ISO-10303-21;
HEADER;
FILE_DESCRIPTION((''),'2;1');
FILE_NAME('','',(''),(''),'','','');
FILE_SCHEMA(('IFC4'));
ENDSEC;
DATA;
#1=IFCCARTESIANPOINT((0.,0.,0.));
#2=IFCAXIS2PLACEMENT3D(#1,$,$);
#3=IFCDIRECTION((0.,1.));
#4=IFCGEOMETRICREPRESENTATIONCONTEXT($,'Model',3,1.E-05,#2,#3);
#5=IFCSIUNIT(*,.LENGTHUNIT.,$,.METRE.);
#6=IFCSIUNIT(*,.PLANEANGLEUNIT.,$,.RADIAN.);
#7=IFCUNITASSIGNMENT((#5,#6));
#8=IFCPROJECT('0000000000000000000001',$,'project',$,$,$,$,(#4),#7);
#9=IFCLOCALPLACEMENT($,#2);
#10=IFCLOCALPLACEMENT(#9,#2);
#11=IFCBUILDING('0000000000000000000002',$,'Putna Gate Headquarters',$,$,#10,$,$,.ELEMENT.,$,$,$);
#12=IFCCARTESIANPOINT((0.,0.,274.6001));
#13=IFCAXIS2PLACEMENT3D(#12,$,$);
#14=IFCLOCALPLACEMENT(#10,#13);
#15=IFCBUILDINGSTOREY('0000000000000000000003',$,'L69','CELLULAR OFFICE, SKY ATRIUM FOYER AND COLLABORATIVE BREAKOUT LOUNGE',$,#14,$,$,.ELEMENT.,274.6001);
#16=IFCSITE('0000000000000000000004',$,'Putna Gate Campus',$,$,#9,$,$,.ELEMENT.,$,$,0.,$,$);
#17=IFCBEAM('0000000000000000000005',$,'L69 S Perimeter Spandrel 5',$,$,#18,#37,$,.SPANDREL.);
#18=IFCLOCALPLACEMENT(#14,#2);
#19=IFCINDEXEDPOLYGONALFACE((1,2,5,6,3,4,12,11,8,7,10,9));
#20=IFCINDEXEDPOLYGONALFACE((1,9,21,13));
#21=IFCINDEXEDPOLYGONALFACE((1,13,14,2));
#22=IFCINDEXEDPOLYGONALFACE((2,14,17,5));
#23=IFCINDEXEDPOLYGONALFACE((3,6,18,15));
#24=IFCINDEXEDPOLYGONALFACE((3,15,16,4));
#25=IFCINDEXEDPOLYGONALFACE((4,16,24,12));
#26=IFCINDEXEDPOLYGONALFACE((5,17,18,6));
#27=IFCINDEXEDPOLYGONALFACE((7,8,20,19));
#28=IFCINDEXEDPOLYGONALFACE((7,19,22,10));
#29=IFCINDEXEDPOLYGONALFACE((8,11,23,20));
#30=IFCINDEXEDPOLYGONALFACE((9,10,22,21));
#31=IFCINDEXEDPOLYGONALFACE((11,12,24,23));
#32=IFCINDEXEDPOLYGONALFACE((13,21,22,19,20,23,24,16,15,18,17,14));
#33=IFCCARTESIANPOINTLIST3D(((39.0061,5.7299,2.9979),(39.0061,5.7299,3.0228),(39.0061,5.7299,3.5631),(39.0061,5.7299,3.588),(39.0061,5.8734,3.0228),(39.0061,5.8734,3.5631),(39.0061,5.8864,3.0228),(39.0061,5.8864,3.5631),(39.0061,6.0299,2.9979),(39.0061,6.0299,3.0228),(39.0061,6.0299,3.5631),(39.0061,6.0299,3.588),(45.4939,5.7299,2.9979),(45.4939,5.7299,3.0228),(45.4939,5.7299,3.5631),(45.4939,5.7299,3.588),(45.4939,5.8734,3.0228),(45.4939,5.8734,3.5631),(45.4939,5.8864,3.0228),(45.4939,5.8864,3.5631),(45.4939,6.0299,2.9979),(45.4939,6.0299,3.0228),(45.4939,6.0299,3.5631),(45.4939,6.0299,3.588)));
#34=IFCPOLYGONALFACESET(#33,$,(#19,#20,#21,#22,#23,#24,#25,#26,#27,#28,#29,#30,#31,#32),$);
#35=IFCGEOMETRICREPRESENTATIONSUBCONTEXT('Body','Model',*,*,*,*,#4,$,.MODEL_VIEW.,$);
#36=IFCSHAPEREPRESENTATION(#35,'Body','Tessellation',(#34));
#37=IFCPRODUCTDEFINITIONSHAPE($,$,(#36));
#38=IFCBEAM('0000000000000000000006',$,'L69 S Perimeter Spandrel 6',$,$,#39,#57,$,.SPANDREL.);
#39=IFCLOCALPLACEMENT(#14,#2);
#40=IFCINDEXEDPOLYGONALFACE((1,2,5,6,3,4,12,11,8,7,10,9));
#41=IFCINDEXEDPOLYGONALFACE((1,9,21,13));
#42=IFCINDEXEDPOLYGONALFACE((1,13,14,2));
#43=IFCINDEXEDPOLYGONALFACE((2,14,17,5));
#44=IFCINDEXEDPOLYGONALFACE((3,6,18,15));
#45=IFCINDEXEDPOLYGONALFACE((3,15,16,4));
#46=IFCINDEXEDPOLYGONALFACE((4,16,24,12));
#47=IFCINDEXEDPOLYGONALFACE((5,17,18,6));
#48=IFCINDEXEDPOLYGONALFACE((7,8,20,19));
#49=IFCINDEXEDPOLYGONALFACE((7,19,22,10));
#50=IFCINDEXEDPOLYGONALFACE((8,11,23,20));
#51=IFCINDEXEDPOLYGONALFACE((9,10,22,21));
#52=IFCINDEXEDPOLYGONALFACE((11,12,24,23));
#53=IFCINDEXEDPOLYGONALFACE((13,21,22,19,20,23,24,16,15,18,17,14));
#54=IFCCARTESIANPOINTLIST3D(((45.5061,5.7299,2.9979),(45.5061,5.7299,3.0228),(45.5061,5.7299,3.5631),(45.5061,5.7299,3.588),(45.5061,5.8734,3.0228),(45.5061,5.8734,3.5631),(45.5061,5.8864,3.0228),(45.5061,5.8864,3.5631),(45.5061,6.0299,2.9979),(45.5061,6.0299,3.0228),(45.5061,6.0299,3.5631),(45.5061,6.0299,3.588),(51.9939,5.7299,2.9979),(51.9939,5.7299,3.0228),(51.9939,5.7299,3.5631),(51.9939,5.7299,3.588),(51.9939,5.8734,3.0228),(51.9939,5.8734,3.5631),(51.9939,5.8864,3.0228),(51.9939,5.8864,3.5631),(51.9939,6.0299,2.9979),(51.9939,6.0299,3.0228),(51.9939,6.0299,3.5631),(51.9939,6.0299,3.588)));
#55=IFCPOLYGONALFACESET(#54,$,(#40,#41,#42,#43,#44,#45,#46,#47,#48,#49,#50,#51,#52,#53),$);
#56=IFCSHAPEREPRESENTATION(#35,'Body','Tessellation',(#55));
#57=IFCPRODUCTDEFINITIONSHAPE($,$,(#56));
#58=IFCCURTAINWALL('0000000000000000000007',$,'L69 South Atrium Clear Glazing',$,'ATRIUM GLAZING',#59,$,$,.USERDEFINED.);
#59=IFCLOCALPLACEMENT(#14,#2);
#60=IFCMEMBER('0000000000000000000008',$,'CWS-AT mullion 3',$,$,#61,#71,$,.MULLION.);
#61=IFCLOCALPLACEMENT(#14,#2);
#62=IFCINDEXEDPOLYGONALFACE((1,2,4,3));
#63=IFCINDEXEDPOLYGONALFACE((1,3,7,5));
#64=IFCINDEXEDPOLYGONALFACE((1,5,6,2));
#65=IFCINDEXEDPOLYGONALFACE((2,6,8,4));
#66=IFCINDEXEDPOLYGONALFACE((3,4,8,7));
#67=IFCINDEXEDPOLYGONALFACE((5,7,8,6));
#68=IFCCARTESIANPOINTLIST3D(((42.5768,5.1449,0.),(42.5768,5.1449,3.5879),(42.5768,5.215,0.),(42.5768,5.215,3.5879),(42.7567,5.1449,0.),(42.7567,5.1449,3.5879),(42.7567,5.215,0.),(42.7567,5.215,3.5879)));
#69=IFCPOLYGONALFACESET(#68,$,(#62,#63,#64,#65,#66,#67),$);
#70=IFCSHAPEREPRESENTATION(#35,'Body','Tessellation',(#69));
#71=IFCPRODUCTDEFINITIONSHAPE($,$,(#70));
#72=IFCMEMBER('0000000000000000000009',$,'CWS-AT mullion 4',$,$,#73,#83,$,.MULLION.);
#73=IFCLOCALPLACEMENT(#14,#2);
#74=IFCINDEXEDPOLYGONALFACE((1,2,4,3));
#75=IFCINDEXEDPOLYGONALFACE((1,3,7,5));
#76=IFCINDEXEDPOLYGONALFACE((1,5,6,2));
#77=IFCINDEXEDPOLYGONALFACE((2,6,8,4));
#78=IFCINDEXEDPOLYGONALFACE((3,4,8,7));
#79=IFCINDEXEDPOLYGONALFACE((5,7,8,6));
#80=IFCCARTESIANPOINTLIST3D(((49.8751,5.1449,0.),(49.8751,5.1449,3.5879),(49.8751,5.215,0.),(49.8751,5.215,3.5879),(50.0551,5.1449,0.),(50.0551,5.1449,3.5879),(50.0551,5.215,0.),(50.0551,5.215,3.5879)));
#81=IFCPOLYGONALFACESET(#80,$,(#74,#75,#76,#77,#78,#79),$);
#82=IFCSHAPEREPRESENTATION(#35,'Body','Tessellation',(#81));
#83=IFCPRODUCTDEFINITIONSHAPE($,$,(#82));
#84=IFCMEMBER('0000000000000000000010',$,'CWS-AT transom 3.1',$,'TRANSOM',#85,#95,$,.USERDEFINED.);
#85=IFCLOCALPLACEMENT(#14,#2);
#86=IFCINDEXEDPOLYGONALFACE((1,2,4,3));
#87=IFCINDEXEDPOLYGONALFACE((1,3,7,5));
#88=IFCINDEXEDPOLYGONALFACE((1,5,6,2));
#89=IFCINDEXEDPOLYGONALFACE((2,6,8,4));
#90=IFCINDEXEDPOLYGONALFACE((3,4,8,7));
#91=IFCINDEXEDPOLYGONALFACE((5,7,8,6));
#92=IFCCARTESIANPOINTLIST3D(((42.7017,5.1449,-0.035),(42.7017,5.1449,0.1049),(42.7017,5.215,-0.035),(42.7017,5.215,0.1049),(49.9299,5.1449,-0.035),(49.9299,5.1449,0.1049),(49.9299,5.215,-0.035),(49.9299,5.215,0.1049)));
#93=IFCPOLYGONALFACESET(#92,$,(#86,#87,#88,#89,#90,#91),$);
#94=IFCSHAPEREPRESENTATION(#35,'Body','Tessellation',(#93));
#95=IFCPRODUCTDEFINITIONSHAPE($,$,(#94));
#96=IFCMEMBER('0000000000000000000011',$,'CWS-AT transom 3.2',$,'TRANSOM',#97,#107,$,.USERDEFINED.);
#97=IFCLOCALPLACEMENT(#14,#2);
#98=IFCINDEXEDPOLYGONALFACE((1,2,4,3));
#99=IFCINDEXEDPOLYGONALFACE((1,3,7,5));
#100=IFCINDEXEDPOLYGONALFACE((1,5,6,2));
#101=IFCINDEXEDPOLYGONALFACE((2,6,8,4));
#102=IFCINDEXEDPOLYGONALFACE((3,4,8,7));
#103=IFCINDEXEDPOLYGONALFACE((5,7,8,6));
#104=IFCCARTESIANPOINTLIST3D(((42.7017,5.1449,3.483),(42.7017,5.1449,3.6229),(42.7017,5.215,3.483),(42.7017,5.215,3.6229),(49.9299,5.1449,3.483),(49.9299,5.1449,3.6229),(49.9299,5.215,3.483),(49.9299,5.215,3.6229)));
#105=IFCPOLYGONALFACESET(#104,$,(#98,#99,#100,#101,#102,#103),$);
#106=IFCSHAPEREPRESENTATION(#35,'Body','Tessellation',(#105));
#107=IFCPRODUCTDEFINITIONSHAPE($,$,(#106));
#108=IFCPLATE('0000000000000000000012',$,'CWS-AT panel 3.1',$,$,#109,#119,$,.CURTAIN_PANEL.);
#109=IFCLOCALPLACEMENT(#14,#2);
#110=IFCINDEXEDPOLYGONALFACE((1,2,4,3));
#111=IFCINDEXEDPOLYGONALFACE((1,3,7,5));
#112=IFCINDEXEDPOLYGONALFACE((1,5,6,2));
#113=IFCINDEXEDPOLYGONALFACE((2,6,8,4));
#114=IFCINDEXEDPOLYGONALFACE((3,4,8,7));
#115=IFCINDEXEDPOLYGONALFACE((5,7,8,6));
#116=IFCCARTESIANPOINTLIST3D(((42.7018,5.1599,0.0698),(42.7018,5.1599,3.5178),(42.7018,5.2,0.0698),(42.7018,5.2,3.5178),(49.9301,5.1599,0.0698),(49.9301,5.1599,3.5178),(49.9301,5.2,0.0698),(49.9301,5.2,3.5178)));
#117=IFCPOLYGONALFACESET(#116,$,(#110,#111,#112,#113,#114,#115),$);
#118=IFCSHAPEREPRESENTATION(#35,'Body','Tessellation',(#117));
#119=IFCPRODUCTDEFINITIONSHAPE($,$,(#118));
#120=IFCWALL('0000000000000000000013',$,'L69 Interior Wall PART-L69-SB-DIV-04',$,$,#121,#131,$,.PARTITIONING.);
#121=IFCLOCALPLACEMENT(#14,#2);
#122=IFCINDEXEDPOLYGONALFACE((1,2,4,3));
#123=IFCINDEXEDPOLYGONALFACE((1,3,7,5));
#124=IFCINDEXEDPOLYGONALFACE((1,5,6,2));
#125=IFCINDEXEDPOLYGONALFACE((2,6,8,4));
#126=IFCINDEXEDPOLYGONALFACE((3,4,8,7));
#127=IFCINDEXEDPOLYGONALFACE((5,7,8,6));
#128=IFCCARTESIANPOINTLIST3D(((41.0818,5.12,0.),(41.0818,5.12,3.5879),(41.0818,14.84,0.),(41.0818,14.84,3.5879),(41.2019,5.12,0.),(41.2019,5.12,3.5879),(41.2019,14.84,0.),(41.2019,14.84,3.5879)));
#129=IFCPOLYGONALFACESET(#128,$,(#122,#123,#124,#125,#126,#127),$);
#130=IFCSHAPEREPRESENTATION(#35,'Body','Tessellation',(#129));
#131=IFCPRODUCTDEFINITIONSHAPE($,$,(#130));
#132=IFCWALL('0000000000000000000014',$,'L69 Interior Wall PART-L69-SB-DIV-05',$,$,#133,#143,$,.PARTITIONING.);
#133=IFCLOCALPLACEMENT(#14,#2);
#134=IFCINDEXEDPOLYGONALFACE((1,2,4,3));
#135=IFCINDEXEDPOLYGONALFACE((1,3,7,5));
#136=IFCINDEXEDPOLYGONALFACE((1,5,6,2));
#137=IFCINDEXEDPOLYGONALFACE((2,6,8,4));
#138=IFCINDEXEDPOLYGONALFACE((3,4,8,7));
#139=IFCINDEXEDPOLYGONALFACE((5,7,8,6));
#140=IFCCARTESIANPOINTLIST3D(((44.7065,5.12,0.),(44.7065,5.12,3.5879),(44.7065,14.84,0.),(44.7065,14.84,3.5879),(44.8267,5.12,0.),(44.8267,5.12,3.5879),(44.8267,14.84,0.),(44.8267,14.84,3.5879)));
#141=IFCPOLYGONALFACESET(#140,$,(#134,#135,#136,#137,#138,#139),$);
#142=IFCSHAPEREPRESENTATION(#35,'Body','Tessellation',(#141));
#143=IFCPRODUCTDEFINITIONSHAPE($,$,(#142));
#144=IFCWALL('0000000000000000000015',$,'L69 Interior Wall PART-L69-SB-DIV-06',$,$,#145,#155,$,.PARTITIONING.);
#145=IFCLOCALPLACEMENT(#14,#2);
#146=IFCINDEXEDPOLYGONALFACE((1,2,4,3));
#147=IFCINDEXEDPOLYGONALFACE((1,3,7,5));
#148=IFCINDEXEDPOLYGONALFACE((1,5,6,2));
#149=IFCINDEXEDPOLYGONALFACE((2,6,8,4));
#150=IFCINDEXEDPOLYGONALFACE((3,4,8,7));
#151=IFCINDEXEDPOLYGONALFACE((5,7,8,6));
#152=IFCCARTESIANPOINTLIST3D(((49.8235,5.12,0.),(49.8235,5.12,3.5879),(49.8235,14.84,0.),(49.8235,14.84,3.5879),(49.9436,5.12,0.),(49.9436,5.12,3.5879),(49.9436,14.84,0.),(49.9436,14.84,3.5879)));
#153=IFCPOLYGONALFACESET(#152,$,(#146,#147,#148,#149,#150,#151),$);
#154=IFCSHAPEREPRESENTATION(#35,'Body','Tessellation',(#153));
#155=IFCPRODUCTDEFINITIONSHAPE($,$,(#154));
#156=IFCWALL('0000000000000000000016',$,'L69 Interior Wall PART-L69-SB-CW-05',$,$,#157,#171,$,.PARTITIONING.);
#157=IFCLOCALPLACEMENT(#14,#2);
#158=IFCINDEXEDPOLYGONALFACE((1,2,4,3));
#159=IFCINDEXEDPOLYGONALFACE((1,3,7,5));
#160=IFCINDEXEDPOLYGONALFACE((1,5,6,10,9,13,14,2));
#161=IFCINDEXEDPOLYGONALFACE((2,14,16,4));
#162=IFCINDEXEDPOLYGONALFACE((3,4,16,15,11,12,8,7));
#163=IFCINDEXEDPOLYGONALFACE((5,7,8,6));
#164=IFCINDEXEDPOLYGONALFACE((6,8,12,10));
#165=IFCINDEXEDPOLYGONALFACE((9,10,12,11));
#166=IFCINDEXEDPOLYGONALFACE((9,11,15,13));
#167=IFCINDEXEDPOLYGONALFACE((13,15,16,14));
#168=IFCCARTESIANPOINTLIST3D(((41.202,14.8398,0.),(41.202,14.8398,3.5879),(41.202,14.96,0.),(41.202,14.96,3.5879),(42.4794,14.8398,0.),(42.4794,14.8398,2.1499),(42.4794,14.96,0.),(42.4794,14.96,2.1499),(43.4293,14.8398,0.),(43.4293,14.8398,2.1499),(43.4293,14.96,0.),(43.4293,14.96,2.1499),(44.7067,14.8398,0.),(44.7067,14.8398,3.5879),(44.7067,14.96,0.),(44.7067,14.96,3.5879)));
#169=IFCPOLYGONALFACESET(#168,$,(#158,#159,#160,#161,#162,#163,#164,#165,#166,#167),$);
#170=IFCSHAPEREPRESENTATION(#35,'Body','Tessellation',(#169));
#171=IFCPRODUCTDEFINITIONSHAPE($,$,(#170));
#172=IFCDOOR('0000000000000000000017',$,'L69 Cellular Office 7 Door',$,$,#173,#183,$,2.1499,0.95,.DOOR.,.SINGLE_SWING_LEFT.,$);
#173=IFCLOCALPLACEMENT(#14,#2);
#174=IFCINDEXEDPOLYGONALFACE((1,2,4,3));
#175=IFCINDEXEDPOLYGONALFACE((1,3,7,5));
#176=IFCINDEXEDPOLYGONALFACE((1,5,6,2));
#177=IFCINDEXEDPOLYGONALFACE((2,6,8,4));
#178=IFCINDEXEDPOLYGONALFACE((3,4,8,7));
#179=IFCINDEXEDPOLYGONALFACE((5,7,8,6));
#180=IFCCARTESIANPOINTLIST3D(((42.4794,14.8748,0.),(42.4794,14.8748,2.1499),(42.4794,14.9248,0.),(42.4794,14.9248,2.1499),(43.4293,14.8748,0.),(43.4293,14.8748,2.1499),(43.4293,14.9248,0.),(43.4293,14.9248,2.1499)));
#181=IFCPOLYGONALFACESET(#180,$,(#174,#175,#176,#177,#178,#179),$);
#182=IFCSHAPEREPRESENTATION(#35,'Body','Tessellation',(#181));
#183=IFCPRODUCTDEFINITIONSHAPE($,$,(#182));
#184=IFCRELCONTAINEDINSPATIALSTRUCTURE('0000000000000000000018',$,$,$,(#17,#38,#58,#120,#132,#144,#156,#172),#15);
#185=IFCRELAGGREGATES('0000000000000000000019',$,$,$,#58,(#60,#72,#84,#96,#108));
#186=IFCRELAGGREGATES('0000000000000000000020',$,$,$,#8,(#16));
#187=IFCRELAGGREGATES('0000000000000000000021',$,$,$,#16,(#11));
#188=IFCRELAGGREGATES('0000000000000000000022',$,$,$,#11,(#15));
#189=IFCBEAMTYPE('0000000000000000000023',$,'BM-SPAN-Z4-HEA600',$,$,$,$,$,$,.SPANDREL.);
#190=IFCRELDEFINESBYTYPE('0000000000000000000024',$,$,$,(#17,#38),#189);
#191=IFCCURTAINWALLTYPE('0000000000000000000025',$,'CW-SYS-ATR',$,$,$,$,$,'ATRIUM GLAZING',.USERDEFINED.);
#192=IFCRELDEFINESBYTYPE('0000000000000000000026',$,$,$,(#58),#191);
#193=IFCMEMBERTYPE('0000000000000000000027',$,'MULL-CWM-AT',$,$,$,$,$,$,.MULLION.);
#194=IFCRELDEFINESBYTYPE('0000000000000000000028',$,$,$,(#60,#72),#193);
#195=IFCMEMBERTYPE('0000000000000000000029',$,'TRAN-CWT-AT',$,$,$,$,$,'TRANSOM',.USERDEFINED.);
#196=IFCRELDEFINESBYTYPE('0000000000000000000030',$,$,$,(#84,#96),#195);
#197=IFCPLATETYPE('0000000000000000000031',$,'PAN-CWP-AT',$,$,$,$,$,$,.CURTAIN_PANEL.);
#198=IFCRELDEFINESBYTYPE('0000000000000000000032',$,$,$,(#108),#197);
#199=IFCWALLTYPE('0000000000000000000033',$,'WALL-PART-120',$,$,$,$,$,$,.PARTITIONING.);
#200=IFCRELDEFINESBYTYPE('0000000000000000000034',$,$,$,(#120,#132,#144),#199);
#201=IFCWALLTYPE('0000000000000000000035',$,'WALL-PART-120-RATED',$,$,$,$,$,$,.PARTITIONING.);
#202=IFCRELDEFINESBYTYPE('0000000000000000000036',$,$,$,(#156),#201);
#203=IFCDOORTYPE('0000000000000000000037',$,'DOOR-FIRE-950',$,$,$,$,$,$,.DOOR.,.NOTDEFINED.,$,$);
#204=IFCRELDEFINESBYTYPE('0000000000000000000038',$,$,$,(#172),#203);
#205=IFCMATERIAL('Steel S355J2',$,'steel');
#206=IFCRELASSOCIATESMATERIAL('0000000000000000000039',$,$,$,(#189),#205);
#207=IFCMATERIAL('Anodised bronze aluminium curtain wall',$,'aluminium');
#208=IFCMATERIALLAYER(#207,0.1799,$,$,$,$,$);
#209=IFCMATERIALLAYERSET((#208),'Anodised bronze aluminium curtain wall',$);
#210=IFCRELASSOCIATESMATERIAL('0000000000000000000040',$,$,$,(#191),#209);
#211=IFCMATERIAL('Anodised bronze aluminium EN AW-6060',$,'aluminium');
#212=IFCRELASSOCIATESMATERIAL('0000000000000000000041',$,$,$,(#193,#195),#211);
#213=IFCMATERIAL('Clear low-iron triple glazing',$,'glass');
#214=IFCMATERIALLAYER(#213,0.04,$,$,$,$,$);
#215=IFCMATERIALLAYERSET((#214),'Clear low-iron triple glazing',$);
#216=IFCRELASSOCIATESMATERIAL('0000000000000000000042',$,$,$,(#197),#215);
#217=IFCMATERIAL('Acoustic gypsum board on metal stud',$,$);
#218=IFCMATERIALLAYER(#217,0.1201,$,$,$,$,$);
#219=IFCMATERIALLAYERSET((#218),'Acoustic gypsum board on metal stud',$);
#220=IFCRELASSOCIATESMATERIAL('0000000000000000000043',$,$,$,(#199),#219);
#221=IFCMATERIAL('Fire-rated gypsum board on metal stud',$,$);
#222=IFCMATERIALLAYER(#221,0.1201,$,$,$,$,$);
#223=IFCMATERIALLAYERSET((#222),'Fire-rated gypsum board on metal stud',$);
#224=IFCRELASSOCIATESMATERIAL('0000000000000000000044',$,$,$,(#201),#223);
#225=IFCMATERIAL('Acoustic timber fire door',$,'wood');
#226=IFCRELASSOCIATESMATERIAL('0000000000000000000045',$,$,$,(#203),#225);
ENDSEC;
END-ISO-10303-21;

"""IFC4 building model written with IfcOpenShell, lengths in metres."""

from ifc_helpers import new_model, si_unit, direction, frame, frame_2d, origin, origin_2d, place, context, subcontext, project, spatial, rectangle, i_section, extrude, material, layer, layer_set, material_profile, profile_set, type_object, element, fill, aggregate, save


model = new_model("IFC4")

# Units and contexts
model_context = context("Model", 3, precision=1e-05, world=origin(), true_north=direction((0.0, 1.0)))
body_context = subcontext(model_context, "Body", "Model", "MODEL_VIEW")
ifc_project = project(units=[si_unit("LENGTHUNIT", "METRE"), si_unit("PLANEANGLEUNIT", "RADIAN")], contexts=[model_context])

# Site, building, storey
site_placement = place(None, origin())
site = spatial("IfcSite", under=ifc_project, at=site_placement, Name="Putna Gate Campus", CompositionType="ELEMENT", RefElevation=0.0)
building_placement = place(site_placement, origin())
building = spatial("IfcBuilding", under=site, at=building_placement, Name="Putna Gate Headquarters", CompositionType="ELEMENT")
storey_placement = place(building_placement, frame((0.0, 0.0, 274.6001)))
storey = spatial("IfcBuildingStorey", under=building, at=storey_placement, Name="L69", Description="CELLULAR OFFICE, SKY ATRIUM FOYER AND COLLABORATIVE BREAKOUT LOUNGE", CompositionType="ELEMENT", Elevation=274.6001)

# Beams
ifc_material_1 = material(Name="Steel S355J2", Category="steel")
ifc_material_profile_1 = material_profile(ifc_material_1, i_section(OverallWidth=0.3, OverallDepth=0.5901, WebThickness=0.0129, FlangeThickness=0.0249, at=origin_2d()), Name="Steel S355J2")
ifc_profile_set_1 = profile_set([ifc_material_profile_1], Name="Steel S355J2")
beam_type_1 = type_object("IfcBeamType", Name="BM-SPAN-Z4-HEA600", PredefinedType="SPANDREL", material=ifc_profile_set_1)
for number, where, z_axis, x_axis, name in (
    (1, (39.0061, 5.8799, 3.293), (1.0, 0.0, 0.0), (0.0, 1.0, 0.0), "L69 S Perimeter Spandrel 5"),
    (2, (45.5061, 5.8799, 3.293), (1.0, 0.0, 0.0), (0.0, 1.0, 0.0), "L69 S Perimeter Spandrel 6"),
):
    element("IfcBeam", number, at=place(storey_placement, frame(where, z_axis=z_axis, x_axis=x_axis)), inside=storey, type_object=beam_type_1, Name=name, PredefinedType="SPANDREL", context=body_context, shape_type="SweptSolid", body=[
        extrude(i_section(OverallWidth=0.3, OverallDepth=0.5901, WebThickness=0.0129, FlangeThickness=0.0249, at=origin_2d()), origin(), (0.0, 0.0, 1.0), 6.4878),
    ])

# Curtain wall, members, plate
ifc_material_2 = material(Name="Anodised bronze aluminium curtain wall", Category="aluminium")
ifc_layer_1 = layer(ifc_material_2, 0.1799)
ifc_layer_set_1 = layer_set([ifc_layer_1], Name="Anodised bronze aluminium curtain wall")
curtain_wall_type = type_object("IfcCurtainWallType", Name="CW-SYS-ATR", ElementType="ATRIUM GLAZING", PredefinedType="USERDEFINED", material=ifc_layer_set_1)
curtain_wall_placement = place(storey_placement, origin())
curtain_wall = element("IfcCurtainWall", 3, at=curtain_wall_placement, inside=storey, type_object=curtain_wall_type, Name="L69 South Atrium Clear Glazing", ObjectType="ATRIUM GLAZING", PredefinedType="USERDEFINED")
ifc_material_3 = material(Name="Anodised bronze aluminium EN AW-6060", Category="aluminium")
ifc_material_profile_2 = material_profile(ifc_material_3, rectangle(XDim=0.0701, YDim=0.1799, at=origin_2d()), Name="Anodised bronze aluminium EN AW-6060")
ifc_profile_set_2 = profile_set([ifc_material_profile_2], Name="Anodised bronze aluminium EN AW-6060")
member_type_1 = type_object("IfcMemberType", Name="MULL-CWM-AT", PredefinedType="MULLION", material=ifc_profile_set_2)
member_1_placement = place(storey_placement, frame((42.6667, 5.1799, 0.0), z_axis=(0.0, 0.0, 1.0), x_axis=(0.0, 1.0, 0.0)))
member_1 = element("IfcMember", 4, at=member_1_placement, type_object=member_type_1, Name="CWS-AT mullion 3", PredefinedType="MULLION", context=body_context, shape_type="SweptSolid", body=[
    extrude(rectangle(XDim=0.0701, YDim=0.1799, at=origin_2d()), origin(), (0.0, 0.0, 1.0), 3.5879),
])
member_2_placement = place(storey_placement, frame((49.9651, 5.1799, 0.0), z_axis=(0.0, 0.0, 1.0), x_axis=(0.0, 1.0, 0.0)))
member_2 = element("IfcMember", 5, at=member_2_placement, type_object=member_type_1, Name="CWS-AT mullion 4", PredefinedType="MULLION", context=body_context, shape_type="SweptSolid", body=[
    extrude(rectangle(XDim=0.0701, YDim=0.1799, at=origin_2d()), origin(), (0.0, 0.0, 1.0), 3.5879),
])
ifc_material_profile_3 = material_profile(ifc_material_3, rectangle(XDim=0.0701, YDim=0.1399, at=origin_2d()), Name="Anodised bronze aluminium EN AW-6060")
ifc_profile_set_3 = profile_set([ifc_material_profile_3], Name="Anodised bronze aluminium EN AW-6060")
member_type_2 = type_object("IfcMemberType", Name="TRAN-CWT-AT", ElementType="TRANSOM", PredefinedType="USERDEFINED", material=ifc_profile_set_3)
member_3_placement = place(storey_placement, frame((42.7017, 5.1799, 0.0349), z_axis=(1.0, 0.0, 0.0), x_axis=(0.0, 1.0, 0.0)))
member_3 = element("IfcMember", 6, at=member_3_placement, type_object=member_type_2, Name="CWS-AT transom 3.1", ObjectType="TRANSOM", PredefinedType="USERDEFINED", context=body_context, shape_type="SweptSolid", body=[
    extrude(rectangle(XDim=0.0701, YDim=0.1399, at=origin_2d()), origin(), (0.0, 0.0, 1.0), 7.2283),
])
member_4_placement = place(storey_placement, frame((42.7017, 5.1799, 3.553), z_axis=(1.0, 0.0, 0.0), x_axis=(0.0, 1.0, 0.0)))
member_4 = element("IfcMember", 7, at=member_4_placement, type_object=member_type_2, Name="CWS-AT transom 3.2", ObjectType="TRANSOM", PredefinedType="USERDEFINED", context=body_context, shape_type="SweptSolid", body=[
    extrude(rectangle(XDim=0.0701, YDim=0.1399, at=origin_2d()), origin(), (0.0, 0.0, 1.0), 7.2283),
])
ifc_material_4 = material(Name="Clear low-iron triple glazing", Category="glass")
ifc_layer_2 = layer(ifc_material_4, 0.04)
ifc_layer_set_2 = layer_set([ifc_layer_2], Name="Clear low-iron triple glazing")
plate_type = type_object("IfcPlateType", Name="PAN-CWP-AT", PredefinedType="CURTAIN_PANEL", material=ifc_layer_set_2)
plate_placement = place(storey_placement, frame((46.3159, 5.1799, 0.0698), z_axis=(0.0, 0.0, 1.0), x_axis=(1.0, 0.0, 0.0)))
plate = element("IfcPlate", 8, at=plate_placement, type_object=plate_type, Name="CWS-AT panel 3.1", PredefinedType="CURTAIN_PANEL", context=body_context, shape_type="SweptSolid", body=[
    extrude(rectangle(XDim=7.2283, YDim=0.04, at=origin_2d()), origin(), (0.0, 0.0, 1.0), 3.448),
])
aggregate(curtain_wall, [member_1, member_2, member_3, member_4, plate])

# Walls
ifc_material_5 = material(Name="Acoustic gypsum board on metal stud")
ifc_layer_3 = layer(ifc_material_5, 0.1201)
ifc_layer_set_3 = layer_set([ifc_layer_3], Name="Acoustic gypsum board on metal stud")
wall_type_1 = type_object("IfcWallType", Name="WALL-PART-120", PredefinedType="PARTITIONING", material=ifc_layer_set_3)
for number, where, z_axis, x_axis, name in (
    (9, (41.1418, 5.1201, 0.0), (0.0, 0.0, 1.0), (0.0, 1.0, 0.0), "L69 Interior Wall PART-L69-SB-DIV-04"),
    (10, (44.7666, 5.1201, 0.0), (0.0, 0.0, 1.0), (0.0, 1.0, 0.0), "L69 Interior Wall PART-L69-SB-DIV-05"),
    (11, (49.8835, 5.1201, 0.0), (0.0, 0.0, 1.0), (0.0, 1.0, 0.0), "L69 Interior Wall PART-L69-SB-DIV-06"),
):
    element("IfcWall", number, at=place(storey_placement, frame(where, z_axis=z_axis, x_axis=x_axis)), inside=storey, type_object=wall_type_1, Name=name, PredefinedType="PARTITIONING", context=body_context, shape_type="SweptSolid", body=[
        extrude(rectangle(XDim=9.72, YDim=0.1201, at=frame_2d((4.8599, 0.0))), origin(), (0.0, 0.0, 1.0), 3.5879),
    ])

# Wall, opening, door
ifc_material_6 = material(Name="Fire-rated gypsum board on metal stud")
ifc_layer_4 = layer(ifc_material_6, 0.1201)
ifc_layer_set_4 = layer_set([ifc_layer_4], Name="Fire-rated gypsum board on metal stud")
wall_type_2 = type_object("IfcWallType", Name="WALL-PART-120-RATED", PredefinedType="PARTITIONING", material=ifc_layer_set_4)
wall_1_placement = place(storey_placement, frame((41.2019, 14.8999, 0.0), z_axis=(0.0, 0.0, 1.0), x_axis=(1.0, 0.0, 0.0)))
wall_1 = element("IfcWall", 12, at=wall_1_placement, inside=storey, type_object=wall_type_2, Name="L69 Interior Wall PART-L69-SB-CW-05", PredefinedType="PARTITIONING", context=body_context, shape_type="SweptSolid", body=[
    extrude(rectangle(XDim=3.5046, YDim=0.1201, at=frame_2d((1.7524, 0.0))), origin(), (0.0, 0.0, 1.0), 3.5879),
])
opening_1_placement = place(wall_1_placement, frame((1.2773, 0.0, 0.0)))
opening_1 = element("IfcOpeningElement", 13, at=opening_1_placement, cuts=wall_1, PredefinedType="OPENING", context=body_context, shape_type="SweptSolid", body=[
    extrude(rectangle(XDim=0.95, YDim=2.1499, at=frame_2d((0.4751, 1.075))), frame((0.0, 0.0701, 0.0), z_axis=(0.0, -1.0, 0.0), x_axis=(1.0, 0.0, 0.0)), (0.0, 0.0, 1.0), 0.1401),
])
ifc_material_7 = material(Name="Acoustic timber fire door", Category="wood")
door_type = type_object("IfcDoorType", Name="DOOR-FIRE-950", OperationType="NOTDEFINED", PredefinedType="DOOR", material=ifc_material_7)
door_1_placement = place(opening_1_placement, origin())
door_1 = element("IfcDoor", 14, at=door_1_placement, inside=storey, type_object=door_type, Name="L69 Cellular Office 7 Door", OperationType="SINGLE_SWING_LEFT", OverallHeight=2.1499, OverallWidth=0.95, PredefinedType="DOOR", context=body_context, shape_type="SweptSolid", body=[
    extrude(rectangle(XDim=0.95, YDim=2.1499, at=frame_2d((0.4751, 1.075))), frame((0.0, 0.0249, 0.0), z_axis=(0.0, -1.0, 0.0), x_axis=(1.0, 0.0, 0.0)), (0.0, 0.0, 1.0), 0.05),
])
fill(opening_1, door_1)

save(model, "model.ifc")
